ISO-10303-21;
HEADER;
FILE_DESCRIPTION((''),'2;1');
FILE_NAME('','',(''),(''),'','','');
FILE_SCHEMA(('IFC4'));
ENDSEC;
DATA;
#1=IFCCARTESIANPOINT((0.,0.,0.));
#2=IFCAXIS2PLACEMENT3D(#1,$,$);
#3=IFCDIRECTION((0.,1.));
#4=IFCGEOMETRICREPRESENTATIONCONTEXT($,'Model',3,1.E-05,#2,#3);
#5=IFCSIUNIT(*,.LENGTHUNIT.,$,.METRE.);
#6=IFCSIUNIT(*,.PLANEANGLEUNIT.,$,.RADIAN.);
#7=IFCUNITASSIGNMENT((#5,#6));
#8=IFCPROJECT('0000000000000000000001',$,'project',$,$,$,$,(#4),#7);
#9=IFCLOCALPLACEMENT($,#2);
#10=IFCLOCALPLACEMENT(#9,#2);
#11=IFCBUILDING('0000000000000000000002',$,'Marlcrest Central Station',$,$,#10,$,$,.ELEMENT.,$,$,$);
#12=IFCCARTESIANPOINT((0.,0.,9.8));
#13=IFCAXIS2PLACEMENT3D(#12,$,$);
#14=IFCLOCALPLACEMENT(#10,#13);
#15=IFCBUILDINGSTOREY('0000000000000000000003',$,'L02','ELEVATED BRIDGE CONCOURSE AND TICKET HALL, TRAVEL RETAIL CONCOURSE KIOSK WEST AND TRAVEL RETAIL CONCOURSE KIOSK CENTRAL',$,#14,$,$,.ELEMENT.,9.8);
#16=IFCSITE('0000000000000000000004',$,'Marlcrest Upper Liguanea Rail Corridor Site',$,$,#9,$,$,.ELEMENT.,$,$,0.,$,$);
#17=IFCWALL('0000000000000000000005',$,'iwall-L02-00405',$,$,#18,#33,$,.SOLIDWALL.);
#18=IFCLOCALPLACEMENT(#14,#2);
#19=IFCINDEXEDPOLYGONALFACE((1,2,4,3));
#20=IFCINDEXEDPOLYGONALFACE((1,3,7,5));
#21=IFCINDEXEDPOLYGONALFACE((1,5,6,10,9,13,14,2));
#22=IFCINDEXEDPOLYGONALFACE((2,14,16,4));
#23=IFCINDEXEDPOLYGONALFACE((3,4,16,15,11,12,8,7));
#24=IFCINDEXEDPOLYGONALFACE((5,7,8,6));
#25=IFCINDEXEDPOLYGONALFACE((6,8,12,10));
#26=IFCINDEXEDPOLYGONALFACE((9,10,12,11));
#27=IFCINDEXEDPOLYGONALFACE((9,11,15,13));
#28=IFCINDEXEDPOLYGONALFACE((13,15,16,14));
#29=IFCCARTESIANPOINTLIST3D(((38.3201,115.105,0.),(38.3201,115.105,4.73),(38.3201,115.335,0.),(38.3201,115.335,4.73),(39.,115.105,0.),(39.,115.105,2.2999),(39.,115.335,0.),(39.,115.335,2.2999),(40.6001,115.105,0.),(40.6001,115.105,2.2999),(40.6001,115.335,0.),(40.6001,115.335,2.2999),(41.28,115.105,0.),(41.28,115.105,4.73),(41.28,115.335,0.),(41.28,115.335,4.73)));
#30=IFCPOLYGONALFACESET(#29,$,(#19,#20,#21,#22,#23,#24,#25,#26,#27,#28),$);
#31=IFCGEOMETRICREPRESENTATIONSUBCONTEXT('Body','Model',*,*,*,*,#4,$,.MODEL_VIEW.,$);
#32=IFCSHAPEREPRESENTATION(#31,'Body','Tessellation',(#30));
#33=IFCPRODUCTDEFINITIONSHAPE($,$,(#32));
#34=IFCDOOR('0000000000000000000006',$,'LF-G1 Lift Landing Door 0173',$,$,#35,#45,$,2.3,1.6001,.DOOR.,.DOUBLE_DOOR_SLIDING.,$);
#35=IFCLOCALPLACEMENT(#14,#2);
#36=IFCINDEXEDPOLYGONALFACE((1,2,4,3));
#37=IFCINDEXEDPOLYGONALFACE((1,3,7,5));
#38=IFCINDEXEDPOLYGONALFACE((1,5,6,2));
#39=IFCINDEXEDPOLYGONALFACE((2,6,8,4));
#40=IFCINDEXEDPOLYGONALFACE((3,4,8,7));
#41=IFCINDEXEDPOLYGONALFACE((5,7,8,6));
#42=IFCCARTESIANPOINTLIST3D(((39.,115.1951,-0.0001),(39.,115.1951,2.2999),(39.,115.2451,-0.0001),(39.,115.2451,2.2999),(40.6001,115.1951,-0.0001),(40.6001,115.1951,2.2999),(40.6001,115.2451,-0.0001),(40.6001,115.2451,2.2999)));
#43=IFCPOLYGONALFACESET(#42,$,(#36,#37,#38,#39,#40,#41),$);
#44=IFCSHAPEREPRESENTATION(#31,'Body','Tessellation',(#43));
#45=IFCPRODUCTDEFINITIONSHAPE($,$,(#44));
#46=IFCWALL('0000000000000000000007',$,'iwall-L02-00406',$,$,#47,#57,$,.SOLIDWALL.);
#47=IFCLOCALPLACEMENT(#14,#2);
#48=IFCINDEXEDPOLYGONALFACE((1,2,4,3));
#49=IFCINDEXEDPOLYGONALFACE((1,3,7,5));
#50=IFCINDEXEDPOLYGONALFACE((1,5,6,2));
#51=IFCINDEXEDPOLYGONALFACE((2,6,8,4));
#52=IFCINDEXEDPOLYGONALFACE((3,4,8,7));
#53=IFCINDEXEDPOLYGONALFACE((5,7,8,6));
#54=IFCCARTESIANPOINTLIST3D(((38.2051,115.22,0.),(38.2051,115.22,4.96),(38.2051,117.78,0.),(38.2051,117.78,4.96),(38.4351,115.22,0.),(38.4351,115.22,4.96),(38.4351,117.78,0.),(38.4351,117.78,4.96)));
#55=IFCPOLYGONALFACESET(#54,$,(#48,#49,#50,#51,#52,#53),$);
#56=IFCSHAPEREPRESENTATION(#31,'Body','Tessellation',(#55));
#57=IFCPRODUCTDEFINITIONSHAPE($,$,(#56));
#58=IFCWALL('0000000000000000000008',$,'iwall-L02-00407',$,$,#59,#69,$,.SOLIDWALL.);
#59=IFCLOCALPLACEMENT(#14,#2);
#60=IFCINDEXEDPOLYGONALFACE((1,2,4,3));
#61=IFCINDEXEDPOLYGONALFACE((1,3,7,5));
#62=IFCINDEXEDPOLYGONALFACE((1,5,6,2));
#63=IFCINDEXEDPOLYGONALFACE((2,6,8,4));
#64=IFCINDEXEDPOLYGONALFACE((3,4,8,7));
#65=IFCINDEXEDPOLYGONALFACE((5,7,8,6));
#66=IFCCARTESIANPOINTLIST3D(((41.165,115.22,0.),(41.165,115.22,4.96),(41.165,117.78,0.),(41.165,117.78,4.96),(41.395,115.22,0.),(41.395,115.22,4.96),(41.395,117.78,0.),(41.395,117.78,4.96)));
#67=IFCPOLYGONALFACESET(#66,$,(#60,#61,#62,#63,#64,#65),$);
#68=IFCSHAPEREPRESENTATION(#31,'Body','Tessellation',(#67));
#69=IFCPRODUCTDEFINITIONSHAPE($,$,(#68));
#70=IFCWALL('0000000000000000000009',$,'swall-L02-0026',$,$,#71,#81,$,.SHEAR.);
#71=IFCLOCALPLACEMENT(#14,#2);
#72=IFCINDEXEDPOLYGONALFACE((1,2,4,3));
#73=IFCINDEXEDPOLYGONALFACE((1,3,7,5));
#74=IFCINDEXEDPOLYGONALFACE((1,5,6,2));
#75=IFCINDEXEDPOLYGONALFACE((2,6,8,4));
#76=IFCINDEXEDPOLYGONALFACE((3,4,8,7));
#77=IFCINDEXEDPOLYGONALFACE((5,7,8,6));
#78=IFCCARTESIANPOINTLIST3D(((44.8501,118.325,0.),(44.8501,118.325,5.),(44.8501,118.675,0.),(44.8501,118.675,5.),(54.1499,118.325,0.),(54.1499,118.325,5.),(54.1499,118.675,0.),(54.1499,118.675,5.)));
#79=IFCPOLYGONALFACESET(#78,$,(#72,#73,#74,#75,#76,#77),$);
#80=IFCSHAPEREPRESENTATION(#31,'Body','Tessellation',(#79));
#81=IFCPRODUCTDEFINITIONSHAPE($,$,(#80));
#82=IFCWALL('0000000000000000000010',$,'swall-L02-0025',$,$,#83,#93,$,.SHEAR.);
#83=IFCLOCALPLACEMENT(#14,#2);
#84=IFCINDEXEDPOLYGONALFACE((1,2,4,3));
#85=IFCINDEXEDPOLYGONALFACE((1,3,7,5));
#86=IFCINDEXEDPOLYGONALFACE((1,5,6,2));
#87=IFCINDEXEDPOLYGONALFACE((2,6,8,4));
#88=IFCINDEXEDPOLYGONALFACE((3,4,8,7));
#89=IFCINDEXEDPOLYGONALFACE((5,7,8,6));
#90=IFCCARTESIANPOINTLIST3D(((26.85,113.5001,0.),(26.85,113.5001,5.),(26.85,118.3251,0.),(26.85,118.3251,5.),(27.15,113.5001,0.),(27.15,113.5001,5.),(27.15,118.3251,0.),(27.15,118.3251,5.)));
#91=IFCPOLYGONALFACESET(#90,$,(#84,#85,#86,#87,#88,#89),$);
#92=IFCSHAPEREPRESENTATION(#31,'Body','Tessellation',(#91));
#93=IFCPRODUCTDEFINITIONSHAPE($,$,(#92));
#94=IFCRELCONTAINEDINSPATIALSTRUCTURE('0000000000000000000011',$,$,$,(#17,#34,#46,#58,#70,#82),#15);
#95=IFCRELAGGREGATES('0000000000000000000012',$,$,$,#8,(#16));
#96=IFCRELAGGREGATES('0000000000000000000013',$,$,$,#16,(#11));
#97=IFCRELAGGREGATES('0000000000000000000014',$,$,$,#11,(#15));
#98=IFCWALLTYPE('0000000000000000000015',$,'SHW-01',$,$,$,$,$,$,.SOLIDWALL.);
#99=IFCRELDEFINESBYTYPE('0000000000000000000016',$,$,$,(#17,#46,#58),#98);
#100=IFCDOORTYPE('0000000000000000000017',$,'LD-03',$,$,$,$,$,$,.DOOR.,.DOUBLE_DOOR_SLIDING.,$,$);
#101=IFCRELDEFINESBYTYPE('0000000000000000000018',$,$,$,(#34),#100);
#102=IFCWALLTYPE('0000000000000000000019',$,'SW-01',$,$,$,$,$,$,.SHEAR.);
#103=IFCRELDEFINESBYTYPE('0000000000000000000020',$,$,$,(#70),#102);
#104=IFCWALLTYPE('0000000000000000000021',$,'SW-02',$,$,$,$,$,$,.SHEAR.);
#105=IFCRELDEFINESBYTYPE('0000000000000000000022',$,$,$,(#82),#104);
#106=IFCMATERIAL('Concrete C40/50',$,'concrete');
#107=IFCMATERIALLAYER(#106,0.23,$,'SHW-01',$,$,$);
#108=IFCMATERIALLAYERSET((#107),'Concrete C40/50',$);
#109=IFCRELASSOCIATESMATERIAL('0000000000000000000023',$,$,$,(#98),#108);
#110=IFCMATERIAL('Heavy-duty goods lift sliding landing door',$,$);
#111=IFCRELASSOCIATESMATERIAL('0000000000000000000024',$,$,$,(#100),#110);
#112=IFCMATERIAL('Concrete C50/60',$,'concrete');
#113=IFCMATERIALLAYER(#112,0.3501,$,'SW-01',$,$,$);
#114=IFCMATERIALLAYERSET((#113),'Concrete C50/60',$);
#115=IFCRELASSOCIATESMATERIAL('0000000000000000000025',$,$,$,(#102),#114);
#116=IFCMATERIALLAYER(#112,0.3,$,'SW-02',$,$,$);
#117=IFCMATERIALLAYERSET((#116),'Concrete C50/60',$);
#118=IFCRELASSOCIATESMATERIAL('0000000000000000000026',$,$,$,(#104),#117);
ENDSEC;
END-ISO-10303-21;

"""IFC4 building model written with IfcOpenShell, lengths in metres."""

from ifc_helpers import new_model, si_unit, direction, frame, frame_2d, origin, place, context, subcontext, project, spatial, rectangle, extrude, material, layer, layer_set, type_object, element, fill, save


model = new_model("IFC4")

# Units and contexts
model_context = context("Model", 3, precision=1e-05, world=origin(), true_north=direction((0.0, 1.0)))
body_context = subcontext(model_context, "Body", "Model", "MODEL_VIEW")
ifc_project = project(units=[si_unit("LENGTHUNIT", "METRE"), si_unit("PLANEANGLEUNIT", "RADIAN")], contexts=[model_context])

# Site, building, storey
site_placement = place(None, origin())
site = spatial("IfcSite", under=ifc_project, at=site_placement, Name="Marlcrest Upper Liguanea Rail Corridor Site", CompositionType="ELEMENT", RefElevation=0.0)
building_placement = place(site_placement, origin())
building = spatial("IfcBuilding", under=site, at=building_placement, Name="Marlcrest Central Station", CompositionType="ELEMENT")
storey_placement = place(building_placement, frame((0.0, 0.0, 9.8)))
storey = spatial("IfcBuildingStorey", under=building, at=storey_placement, Name="L02", Description="ELEVATED BRIDGE CONCOURSE AND TICKET HALL, TRAVEL RETAIL CONCOURSE KIOSK WEST AND TRAVEL RETAIL CONCOURSE KIOSK CENTRAL", CompositionType="ELEMENT", Elevation=9.8)

# Shared definitions
ifc_material_1 = material(Name="Concrete C40/50", Category="concrete")
ifc_layer_1 = layer(ifc_material_1, 0.23, Name="SHW-01")
ifc_layer_set_1 = layer_set([ifc_layer_1], Name="Concrete C40/50")
wall_type_1 = type_object("IfcWallType", Name="SHW-01", PredefinedType="SOLIDWALL", material=ifc_layer_set_1)

# Wall, opening, door
wall_1_placement = place(storey_placement, frame((41.28, 115.22, 0.0), z_axis=(0.0, 0.0, 1.0), x_axis=(-1.0, 0.0, 0.0)))
wall_1 = element("IfcWall", 1, at=wall_1_placement, inside=storey, type_object=wall_type_1, Name="iwall-L02-00405", PredefinedType="SOLIDWALL", context=body_context, shape_type="SweptSolid", body=[
    extrude(rectangle(XDim=2.96, YDim=0.23, at=frame_2d((1.48, 0.0))), origin(), (0.0, 0.0, 1.0), 4.73),
])
opening_1_placement = place(wall_1_placement, frame((0.6799, 0.0, 0.0)))
opening_1 = element("IfcOpeningElement", 2, at=opening_1_placement, cuts=wall_1, PredefinedType="OPENING", context=body_context, shape_type="SweptSolid", body=[
    extrude(rectangle(XDim=1.6001, YDim=2.3, at=frame_2d((0.8, 1.1499))), frame((0.0, 0.125, 0.0), z_axis=(0.0, -1.0, 0.0), x_axis=(1.0, 0.0, 0.0)), (0.0, 0.0, 1.0), 0.25),
])
ifc_material_2 = material(Name="Heavy-duty goods lift sliding landing door")
door_type_1 = type_object("IfcDoorType", Name="LD-03", OperationType="DOUBLE_DOOR_SLIDING", PredefinedType="DOOR", material=ifc_material_2)
door_1_placement = place(opening_1_placement, origin())
door_1 = element("IfcDoor", 3, at=door_1_placement, inside=storey, type_object=door_type_1, Name="LF-G1 Lift Landing Door 0173", OperationType="DOUBLE_DOOR_SLIDING", OverallHeight=2.3, OverallWidth=1.6001, PredefinedType="DOOR", context=body_context, shape_type="SweptSolid", body=[
    extrude(rectangle(XDim=1.6001, YDim=2.3, at=frame_2d((0.8, 1.1499))), frame((0.0, 0.0249, 0.0), z_axis=(0.0, -1.0, 0.0), x_axis=(1.0, 0.0, 0.0)), (0.0, 0.0, 1.0), 0.05),
])
fill(opening_1, door_1)

# Walls
for number, where, z_axis, x_axis, name in (
    (4, (38.3201, 115.22, 0.0), (0.0, 0.0, 1.0), (0.0, 1.0, 0.0), "iwall-L02-00406"),
    (5, (41.28, 117.78, 0.0), (0.0, 0.0, 1.0), (0.0, -1.0, 0.0), "iwall-L02-00407"),
):
    element("IfcWall", number, at=place(storey_placement, frame(where, z_axis=z_axis, x_axis=x_axis)), inside=storey, type_object=wall_type_1, Name=name, PredefinedType="SOLIDWALL", context=body_context, shape_type="SweptSolid", body=[
        extrude(rectangle(XDim=2.5601, YDim=0.23, at=frame_2d((1.28, 0.0))), origin(), (0.0, 0.0, 1.0), 4.96),
    ])
ifc_material_3 = material(Name="Concrete C50/60", Category="concrete")
ifc_layer_2 = layer(ifc_material_3, 0.3501, Name="SW-01")
ifc_layer_set_2 = layer_set([ifc_layer_2], Name="Concrete C50/60")
wall_type_2 = type_object("IfcWallType", Name="SW-01", PredefinedType="SHEAR", material=ifc_layer_set_2)
wall_2_placement = place(storey_placement, frame((44.8501, 118.5, 0.0), z_axis=(0.0, 0.0, 1.0), x_axis=(1.0, 0.0, 0.0)))
element("IfcWall", 6, at=wall_2_placement, inside=storey, type_object=wall_type_2, Name="swall-L02-0026", PredefinedType="SHEAR", context=body_context, shape_type="SweptSolid", body=[
    extrude(rectangle(XDim=9.2998, YDim=0.3501, at=frame_2d((4.6499, 0.0))), origin(), (0.0, 0.0, 1.0), 5.0),
])
ifc_layer_3 = layer(ifc_material_3, 0.3, Name="SW-02")
ifc_layer_set_3 = layer_set([ifc_layer_3], Name="Concrete C50/60")
wall_type_3 = type_object("IfcWallType", Name="SW-02", PredefinedType="SHEAR", material=ifc_layer_set_3)
wall_3_placement = place(storey_placement, frame((27.0, 113.5, 0.0), z_axis=(0.0, 0.0, 1.0), x_axis=(0.0, 1.0, 0.0)))
element("IfcWall", 7, at=wall_3_placement, inside=storey, type_object=wall_type_3, Name="swall-L02-0025", PredefinedType="SHEAR", context=body_context, shape_type="SweptSolid", body=[
    extrude(rectangle(XDim=4.825, YDim=0.3, at=frame_2d((2.4126, 0.0))), origin(), (0.0, 0.0, 1.0), 5.0),
])

save(model, "model.ifc")
